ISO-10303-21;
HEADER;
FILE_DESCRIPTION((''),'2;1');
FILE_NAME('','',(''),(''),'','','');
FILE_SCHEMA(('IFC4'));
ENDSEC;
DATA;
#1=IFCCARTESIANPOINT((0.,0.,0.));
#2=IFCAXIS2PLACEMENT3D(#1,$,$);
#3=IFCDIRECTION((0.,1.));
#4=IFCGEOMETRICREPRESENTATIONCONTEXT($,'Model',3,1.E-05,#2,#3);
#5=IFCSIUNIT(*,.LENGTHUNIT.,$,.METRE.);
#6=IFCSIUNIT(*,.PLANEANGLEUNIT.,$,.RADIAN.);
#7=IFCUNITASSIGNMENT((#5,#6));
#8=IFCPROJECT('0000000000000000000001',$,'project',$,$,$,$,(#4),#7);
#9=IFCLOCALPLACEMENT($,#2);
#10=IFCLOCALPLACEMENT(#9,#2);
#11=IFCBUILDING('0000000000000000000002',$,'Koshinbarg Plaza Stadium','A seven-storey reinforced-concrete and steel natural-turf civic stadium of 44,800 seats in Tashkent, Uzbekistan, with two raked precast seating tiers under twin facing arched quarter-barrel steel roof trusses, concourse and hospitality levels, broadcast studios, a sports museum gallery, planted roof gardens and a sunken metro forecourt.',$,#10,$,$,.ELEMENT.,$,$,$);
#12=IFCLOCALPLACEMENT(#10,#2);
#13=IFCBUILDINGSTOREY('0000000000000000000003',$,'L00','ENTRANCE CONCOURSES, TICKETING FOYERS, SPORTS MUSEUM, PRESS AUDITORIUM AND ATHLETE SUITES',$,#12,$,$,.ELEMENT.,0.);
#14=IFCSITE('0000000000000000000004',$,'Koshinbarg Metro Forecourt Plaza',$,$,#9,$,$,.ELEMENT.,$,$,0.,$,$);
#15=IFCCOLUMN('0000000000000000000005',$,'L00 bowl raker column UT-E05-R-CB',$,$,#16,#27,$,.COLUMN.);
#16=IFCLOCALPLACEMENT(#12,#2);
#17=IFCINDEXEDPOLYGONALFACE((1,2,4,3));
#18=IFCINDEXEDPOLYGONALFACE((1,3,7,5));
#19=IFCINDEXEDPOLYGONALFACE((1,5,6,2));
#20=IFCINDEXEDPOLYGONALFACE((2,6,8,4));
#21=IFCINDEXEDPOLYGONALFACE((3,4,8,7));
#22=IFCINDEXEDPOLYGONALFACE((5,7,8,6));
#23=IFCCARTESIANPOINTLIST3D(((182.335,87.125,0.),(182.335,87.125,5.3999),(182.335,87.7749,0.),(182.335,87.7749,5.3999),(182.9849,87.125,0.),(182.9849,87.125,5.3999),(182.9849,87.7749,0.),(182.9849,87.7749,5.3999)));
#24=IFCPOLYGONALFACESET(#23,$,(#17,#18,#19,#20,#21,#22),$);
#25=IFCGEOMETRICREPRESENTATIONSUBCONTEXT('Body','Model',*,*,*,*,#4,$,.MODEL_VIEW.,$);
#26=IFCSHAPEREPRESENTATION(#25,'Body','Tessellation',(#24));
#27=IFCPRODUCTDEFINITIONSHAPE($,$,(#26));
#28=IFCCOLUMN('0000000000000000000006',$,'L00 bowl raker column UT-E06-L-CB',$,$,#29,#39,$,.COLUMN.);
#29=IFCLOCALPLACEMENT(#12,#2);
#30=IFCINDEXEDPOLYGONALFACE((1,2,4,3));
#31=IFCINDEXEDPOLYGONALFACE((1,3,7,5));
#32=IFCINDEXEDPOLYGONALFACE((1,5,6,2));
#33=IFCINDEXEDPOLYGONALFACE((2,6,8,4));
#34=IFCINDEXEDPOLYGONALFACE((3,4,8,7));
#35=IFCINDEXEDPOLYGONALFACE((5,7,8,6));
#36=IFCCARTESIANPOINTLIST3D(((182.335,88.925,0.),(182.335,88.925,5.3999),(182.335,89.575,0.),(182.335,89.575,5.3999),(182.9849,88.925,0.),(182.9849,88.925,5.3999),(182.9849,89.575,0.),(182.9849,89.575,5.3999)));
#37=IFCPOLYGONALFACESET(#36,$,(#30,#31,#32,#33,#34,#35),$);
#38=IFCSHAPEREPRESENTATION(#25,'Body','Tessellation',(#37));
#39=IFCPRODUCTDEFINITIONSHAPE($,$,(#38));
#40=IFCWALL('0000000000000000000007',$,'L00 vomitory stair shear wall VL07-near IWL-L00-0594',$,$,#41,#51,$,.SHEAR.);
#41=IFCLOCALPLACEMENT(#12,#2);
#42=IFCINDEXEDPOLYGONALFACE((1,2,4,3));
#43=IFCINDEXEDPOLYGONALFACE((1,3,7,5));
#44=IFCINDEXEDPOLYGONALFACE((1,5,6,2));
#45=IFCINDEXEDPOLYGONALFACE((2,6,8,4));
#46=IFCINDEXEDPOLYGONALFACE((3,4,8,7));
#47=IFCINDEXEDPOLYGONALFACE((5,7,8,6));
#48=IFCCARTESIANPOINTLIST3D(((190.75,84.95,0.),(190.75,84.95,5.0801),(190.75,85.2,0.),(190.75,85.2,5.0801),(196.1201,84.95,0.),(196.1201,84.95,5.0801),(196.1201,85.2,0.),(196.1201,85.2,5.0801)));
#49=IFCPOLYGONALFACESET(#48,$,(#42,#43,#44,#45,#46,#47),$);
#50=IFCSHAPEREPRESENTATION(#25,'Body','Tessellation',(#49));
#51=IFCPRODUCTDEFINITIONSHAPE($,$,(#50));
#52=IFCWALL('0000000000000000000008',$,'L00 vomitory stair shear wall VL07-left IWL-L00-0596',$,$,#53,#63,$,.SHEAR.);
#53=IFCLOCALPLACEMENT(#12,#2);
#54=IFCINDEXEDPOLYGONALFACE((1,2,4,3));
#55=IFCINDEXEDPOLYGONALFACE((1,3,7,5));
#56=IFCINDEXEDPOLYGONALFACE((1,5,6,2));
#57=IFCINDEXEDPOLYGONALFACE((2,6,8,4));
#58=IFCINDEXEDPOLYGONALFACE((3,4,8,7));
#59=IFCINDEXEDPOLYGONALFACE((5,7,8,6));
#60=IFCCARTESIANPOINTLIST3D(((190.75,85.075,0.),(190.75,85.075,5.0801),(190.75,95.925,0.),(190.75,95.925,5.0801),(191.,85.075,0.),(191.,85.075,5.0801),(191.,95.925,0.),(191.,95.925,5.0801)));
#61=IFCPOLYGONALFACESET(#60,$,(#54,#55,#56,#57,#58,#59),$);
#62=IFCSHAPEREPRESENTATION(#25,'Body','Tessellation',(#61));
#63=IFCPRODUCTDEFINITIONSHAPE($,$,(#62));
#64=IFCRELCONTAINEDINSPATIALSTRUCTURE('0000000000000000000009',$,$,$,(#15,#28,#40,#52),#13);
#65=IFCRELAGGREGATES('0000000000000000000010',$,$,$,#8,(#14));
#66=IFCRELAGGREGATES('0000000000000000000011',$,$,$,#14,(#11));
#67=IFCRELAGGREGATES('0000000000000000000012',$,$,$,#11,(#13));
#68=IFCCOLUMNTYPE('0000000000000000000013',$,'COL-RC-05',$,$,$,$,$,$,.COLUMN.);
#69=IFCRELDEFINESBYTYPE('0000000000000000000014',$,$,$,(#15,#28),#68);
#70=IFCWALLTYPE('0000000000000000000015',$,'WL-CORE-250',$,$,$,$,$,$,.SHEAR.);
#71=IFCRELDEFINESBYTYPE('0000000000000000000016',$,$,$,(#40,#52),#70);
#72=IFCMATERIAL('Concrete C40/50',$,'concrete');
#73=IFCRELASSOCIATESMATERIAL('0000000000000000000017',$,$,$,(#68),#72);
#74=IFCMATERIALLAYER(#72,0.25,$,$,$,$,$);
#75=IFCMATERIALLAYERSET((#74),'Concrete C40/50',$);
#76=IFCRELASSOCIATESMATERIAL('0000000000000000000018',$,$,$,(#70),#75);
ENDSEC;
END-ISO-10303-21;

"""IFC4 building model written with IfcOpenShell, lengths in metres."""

from ifc_helpers import new_model, si_unit, direction, frame, frame_2d, origin, origin_2d, place, context, subcontext, project, spatial, rectangle, extrude, material, layer, layer_set, material_profile, profile_set, type_object, element, save


model = new_model("IFC4")

# Units and contexts
model_context = context("Model", 3, precision=1e-05, world=origin(), true_north=direction((0.0, 1.0)))
body_context = subcontext(model_context, "Body", "Model", "MODEL_VIEW")
ifc_project = project(units=[si_unit("LENGTHUNIT", "METRE"), si_unit("PLANEANGLEUNIT", "RADIAN")], contexts=[model_context])

# Site, building, storey
site_placement = place(None, origin())
site = spatial("IfcSite", under=ifc_project, at=site_placement, Name="Koshinbarg Metro Forecourt Plaza", CompositionType="ELEMENT", RefElevation=0.0)
building_placement = place(site_placement, origin())
building = spatial("IfcBuilding", under=site, at=building_placement, Name="Koshinbarg Plaza Stadium", Description="A seven-storey reinforced-concrete and steel natural-turf civic stadium of 44,800 seats in Tashkent, Uzbekistan, with two raked precast seating tiers under twin facing arched quarter-barrel steel roof trusses, concourse and hospitality levels, broadcast studios, a sports museum gallery, planted roof gardens and a sunken metro forecourt.", CompositionType="ELEMENT")
storey_placement = place(building_placement, origin())
storey = spatial("IfcBuildingStorey", under=building, at=storey_placement, Name="L00", Description="ENTRANCE CONCOURSES, TICKETING FOYERS, SPORTS MUSEUM, PRESS AUDITORIUM AND ATHLETE SUITES", CompositionType="ELEMENT", Elevation=0.0)

# Columns
ifc_material_1 = material(Name="Concrete C40/50", Category="concrete")
ifc_material_profile_1 = material_profile(ifc_material_1, rectangle(XDim=0.6499, YDim=0.6499, at=origin_2d()), Name="RC 650x650")
ifc_profile_set_1 = profile_set([ifc_material_profile_1], Name="Concrete C40/50")
column_type_1 = type_object("IfcColumnType", Name="COL-RC-05", PredefinedType="COLUMN", material=ifc_profile_set_1)
for number, where, z_axis, x_axis, name in (
    (1, (182.6599, 87.45, 0.0), (0.0, 0.0, 1.0), (1.0, 0.0, 0.0), "L00 bowl raker column UT-E05-R-CB"),
    (2, (182.6599, 89.25, 0.0), (0.0, 0.0, 1.0), (1.0, 0.0, 0.0), "L00 bowl raker column UT-E06-L-CB"),
):
    element("IfcColumn", number, at=place(storey_placement, frame(where, z_axis=z_axis, x_axis=x_axis)), inside=storey, type_object=column_type_1, Name=name, PredefinedType="COLUMN", context=body_context, shape_type="SweptSolid", body=[
        extrude(rectangle(XDim=0.6499, YDim=0.6499, at=origin_2d()), origin(), (0.0, 0.0, 1.0), 5.3999),
    ])

# Walls
ifc_layer = layer(ifc_material_1, 0.25)
ifc_layer_set = layer_set([ifc_layer], Name="Concrete C40/50")
wall_type = type_object("IfcWallType", Name="WL-CORE-250", PredefinedType="SHEAR", material=ifc_layer_set)
wall_1_placement = place(storey_placement, frame((190.75, 85.075, 0.0), z_axis=(0.0, 0.0, 1.0), x_axis=(1.0, 0.0, 0.0)))
element("IfcWall", 3, at=wall_1_placement, inside=storey, type_object=wall_type, Name="L00 vomitory stair shear wall VL07-near IWL-L00-0594", PredefinedType="SHEAR", context=body_context, shape_type="SweptSolid", body=[
    extrude(rectangle(XDim=5.3701, YDim=0.25, at=frame_2d((2.6851, 0.0))), origin(), (0.0, 0.0, 1.0), 5.0801),
])
wall_2_placement = place(storey_placement, frame((190.875, 85.075, 0.0), z_axis=(0.0, 0.0, 1.0), x_axis=(0.0, 1.0, 0.0)))
element("IfcWall", 4, at=wall_2_placement, inside=storey, type_object=wall_type, Name="L00 vomitory stair shear wall VL07-left IWL-L00-0596", PredefinedType="SHEAR", context=body_context, shape_type="SweptSolid", body=[
    extrude(rectangle(XDim=10.8501, YDim=0.25, at=frame_2d((5.425, 0.0))), origin(), (0.0, 0.0, 1.0), 5.0801),
])

save(model, "model.ifc")
